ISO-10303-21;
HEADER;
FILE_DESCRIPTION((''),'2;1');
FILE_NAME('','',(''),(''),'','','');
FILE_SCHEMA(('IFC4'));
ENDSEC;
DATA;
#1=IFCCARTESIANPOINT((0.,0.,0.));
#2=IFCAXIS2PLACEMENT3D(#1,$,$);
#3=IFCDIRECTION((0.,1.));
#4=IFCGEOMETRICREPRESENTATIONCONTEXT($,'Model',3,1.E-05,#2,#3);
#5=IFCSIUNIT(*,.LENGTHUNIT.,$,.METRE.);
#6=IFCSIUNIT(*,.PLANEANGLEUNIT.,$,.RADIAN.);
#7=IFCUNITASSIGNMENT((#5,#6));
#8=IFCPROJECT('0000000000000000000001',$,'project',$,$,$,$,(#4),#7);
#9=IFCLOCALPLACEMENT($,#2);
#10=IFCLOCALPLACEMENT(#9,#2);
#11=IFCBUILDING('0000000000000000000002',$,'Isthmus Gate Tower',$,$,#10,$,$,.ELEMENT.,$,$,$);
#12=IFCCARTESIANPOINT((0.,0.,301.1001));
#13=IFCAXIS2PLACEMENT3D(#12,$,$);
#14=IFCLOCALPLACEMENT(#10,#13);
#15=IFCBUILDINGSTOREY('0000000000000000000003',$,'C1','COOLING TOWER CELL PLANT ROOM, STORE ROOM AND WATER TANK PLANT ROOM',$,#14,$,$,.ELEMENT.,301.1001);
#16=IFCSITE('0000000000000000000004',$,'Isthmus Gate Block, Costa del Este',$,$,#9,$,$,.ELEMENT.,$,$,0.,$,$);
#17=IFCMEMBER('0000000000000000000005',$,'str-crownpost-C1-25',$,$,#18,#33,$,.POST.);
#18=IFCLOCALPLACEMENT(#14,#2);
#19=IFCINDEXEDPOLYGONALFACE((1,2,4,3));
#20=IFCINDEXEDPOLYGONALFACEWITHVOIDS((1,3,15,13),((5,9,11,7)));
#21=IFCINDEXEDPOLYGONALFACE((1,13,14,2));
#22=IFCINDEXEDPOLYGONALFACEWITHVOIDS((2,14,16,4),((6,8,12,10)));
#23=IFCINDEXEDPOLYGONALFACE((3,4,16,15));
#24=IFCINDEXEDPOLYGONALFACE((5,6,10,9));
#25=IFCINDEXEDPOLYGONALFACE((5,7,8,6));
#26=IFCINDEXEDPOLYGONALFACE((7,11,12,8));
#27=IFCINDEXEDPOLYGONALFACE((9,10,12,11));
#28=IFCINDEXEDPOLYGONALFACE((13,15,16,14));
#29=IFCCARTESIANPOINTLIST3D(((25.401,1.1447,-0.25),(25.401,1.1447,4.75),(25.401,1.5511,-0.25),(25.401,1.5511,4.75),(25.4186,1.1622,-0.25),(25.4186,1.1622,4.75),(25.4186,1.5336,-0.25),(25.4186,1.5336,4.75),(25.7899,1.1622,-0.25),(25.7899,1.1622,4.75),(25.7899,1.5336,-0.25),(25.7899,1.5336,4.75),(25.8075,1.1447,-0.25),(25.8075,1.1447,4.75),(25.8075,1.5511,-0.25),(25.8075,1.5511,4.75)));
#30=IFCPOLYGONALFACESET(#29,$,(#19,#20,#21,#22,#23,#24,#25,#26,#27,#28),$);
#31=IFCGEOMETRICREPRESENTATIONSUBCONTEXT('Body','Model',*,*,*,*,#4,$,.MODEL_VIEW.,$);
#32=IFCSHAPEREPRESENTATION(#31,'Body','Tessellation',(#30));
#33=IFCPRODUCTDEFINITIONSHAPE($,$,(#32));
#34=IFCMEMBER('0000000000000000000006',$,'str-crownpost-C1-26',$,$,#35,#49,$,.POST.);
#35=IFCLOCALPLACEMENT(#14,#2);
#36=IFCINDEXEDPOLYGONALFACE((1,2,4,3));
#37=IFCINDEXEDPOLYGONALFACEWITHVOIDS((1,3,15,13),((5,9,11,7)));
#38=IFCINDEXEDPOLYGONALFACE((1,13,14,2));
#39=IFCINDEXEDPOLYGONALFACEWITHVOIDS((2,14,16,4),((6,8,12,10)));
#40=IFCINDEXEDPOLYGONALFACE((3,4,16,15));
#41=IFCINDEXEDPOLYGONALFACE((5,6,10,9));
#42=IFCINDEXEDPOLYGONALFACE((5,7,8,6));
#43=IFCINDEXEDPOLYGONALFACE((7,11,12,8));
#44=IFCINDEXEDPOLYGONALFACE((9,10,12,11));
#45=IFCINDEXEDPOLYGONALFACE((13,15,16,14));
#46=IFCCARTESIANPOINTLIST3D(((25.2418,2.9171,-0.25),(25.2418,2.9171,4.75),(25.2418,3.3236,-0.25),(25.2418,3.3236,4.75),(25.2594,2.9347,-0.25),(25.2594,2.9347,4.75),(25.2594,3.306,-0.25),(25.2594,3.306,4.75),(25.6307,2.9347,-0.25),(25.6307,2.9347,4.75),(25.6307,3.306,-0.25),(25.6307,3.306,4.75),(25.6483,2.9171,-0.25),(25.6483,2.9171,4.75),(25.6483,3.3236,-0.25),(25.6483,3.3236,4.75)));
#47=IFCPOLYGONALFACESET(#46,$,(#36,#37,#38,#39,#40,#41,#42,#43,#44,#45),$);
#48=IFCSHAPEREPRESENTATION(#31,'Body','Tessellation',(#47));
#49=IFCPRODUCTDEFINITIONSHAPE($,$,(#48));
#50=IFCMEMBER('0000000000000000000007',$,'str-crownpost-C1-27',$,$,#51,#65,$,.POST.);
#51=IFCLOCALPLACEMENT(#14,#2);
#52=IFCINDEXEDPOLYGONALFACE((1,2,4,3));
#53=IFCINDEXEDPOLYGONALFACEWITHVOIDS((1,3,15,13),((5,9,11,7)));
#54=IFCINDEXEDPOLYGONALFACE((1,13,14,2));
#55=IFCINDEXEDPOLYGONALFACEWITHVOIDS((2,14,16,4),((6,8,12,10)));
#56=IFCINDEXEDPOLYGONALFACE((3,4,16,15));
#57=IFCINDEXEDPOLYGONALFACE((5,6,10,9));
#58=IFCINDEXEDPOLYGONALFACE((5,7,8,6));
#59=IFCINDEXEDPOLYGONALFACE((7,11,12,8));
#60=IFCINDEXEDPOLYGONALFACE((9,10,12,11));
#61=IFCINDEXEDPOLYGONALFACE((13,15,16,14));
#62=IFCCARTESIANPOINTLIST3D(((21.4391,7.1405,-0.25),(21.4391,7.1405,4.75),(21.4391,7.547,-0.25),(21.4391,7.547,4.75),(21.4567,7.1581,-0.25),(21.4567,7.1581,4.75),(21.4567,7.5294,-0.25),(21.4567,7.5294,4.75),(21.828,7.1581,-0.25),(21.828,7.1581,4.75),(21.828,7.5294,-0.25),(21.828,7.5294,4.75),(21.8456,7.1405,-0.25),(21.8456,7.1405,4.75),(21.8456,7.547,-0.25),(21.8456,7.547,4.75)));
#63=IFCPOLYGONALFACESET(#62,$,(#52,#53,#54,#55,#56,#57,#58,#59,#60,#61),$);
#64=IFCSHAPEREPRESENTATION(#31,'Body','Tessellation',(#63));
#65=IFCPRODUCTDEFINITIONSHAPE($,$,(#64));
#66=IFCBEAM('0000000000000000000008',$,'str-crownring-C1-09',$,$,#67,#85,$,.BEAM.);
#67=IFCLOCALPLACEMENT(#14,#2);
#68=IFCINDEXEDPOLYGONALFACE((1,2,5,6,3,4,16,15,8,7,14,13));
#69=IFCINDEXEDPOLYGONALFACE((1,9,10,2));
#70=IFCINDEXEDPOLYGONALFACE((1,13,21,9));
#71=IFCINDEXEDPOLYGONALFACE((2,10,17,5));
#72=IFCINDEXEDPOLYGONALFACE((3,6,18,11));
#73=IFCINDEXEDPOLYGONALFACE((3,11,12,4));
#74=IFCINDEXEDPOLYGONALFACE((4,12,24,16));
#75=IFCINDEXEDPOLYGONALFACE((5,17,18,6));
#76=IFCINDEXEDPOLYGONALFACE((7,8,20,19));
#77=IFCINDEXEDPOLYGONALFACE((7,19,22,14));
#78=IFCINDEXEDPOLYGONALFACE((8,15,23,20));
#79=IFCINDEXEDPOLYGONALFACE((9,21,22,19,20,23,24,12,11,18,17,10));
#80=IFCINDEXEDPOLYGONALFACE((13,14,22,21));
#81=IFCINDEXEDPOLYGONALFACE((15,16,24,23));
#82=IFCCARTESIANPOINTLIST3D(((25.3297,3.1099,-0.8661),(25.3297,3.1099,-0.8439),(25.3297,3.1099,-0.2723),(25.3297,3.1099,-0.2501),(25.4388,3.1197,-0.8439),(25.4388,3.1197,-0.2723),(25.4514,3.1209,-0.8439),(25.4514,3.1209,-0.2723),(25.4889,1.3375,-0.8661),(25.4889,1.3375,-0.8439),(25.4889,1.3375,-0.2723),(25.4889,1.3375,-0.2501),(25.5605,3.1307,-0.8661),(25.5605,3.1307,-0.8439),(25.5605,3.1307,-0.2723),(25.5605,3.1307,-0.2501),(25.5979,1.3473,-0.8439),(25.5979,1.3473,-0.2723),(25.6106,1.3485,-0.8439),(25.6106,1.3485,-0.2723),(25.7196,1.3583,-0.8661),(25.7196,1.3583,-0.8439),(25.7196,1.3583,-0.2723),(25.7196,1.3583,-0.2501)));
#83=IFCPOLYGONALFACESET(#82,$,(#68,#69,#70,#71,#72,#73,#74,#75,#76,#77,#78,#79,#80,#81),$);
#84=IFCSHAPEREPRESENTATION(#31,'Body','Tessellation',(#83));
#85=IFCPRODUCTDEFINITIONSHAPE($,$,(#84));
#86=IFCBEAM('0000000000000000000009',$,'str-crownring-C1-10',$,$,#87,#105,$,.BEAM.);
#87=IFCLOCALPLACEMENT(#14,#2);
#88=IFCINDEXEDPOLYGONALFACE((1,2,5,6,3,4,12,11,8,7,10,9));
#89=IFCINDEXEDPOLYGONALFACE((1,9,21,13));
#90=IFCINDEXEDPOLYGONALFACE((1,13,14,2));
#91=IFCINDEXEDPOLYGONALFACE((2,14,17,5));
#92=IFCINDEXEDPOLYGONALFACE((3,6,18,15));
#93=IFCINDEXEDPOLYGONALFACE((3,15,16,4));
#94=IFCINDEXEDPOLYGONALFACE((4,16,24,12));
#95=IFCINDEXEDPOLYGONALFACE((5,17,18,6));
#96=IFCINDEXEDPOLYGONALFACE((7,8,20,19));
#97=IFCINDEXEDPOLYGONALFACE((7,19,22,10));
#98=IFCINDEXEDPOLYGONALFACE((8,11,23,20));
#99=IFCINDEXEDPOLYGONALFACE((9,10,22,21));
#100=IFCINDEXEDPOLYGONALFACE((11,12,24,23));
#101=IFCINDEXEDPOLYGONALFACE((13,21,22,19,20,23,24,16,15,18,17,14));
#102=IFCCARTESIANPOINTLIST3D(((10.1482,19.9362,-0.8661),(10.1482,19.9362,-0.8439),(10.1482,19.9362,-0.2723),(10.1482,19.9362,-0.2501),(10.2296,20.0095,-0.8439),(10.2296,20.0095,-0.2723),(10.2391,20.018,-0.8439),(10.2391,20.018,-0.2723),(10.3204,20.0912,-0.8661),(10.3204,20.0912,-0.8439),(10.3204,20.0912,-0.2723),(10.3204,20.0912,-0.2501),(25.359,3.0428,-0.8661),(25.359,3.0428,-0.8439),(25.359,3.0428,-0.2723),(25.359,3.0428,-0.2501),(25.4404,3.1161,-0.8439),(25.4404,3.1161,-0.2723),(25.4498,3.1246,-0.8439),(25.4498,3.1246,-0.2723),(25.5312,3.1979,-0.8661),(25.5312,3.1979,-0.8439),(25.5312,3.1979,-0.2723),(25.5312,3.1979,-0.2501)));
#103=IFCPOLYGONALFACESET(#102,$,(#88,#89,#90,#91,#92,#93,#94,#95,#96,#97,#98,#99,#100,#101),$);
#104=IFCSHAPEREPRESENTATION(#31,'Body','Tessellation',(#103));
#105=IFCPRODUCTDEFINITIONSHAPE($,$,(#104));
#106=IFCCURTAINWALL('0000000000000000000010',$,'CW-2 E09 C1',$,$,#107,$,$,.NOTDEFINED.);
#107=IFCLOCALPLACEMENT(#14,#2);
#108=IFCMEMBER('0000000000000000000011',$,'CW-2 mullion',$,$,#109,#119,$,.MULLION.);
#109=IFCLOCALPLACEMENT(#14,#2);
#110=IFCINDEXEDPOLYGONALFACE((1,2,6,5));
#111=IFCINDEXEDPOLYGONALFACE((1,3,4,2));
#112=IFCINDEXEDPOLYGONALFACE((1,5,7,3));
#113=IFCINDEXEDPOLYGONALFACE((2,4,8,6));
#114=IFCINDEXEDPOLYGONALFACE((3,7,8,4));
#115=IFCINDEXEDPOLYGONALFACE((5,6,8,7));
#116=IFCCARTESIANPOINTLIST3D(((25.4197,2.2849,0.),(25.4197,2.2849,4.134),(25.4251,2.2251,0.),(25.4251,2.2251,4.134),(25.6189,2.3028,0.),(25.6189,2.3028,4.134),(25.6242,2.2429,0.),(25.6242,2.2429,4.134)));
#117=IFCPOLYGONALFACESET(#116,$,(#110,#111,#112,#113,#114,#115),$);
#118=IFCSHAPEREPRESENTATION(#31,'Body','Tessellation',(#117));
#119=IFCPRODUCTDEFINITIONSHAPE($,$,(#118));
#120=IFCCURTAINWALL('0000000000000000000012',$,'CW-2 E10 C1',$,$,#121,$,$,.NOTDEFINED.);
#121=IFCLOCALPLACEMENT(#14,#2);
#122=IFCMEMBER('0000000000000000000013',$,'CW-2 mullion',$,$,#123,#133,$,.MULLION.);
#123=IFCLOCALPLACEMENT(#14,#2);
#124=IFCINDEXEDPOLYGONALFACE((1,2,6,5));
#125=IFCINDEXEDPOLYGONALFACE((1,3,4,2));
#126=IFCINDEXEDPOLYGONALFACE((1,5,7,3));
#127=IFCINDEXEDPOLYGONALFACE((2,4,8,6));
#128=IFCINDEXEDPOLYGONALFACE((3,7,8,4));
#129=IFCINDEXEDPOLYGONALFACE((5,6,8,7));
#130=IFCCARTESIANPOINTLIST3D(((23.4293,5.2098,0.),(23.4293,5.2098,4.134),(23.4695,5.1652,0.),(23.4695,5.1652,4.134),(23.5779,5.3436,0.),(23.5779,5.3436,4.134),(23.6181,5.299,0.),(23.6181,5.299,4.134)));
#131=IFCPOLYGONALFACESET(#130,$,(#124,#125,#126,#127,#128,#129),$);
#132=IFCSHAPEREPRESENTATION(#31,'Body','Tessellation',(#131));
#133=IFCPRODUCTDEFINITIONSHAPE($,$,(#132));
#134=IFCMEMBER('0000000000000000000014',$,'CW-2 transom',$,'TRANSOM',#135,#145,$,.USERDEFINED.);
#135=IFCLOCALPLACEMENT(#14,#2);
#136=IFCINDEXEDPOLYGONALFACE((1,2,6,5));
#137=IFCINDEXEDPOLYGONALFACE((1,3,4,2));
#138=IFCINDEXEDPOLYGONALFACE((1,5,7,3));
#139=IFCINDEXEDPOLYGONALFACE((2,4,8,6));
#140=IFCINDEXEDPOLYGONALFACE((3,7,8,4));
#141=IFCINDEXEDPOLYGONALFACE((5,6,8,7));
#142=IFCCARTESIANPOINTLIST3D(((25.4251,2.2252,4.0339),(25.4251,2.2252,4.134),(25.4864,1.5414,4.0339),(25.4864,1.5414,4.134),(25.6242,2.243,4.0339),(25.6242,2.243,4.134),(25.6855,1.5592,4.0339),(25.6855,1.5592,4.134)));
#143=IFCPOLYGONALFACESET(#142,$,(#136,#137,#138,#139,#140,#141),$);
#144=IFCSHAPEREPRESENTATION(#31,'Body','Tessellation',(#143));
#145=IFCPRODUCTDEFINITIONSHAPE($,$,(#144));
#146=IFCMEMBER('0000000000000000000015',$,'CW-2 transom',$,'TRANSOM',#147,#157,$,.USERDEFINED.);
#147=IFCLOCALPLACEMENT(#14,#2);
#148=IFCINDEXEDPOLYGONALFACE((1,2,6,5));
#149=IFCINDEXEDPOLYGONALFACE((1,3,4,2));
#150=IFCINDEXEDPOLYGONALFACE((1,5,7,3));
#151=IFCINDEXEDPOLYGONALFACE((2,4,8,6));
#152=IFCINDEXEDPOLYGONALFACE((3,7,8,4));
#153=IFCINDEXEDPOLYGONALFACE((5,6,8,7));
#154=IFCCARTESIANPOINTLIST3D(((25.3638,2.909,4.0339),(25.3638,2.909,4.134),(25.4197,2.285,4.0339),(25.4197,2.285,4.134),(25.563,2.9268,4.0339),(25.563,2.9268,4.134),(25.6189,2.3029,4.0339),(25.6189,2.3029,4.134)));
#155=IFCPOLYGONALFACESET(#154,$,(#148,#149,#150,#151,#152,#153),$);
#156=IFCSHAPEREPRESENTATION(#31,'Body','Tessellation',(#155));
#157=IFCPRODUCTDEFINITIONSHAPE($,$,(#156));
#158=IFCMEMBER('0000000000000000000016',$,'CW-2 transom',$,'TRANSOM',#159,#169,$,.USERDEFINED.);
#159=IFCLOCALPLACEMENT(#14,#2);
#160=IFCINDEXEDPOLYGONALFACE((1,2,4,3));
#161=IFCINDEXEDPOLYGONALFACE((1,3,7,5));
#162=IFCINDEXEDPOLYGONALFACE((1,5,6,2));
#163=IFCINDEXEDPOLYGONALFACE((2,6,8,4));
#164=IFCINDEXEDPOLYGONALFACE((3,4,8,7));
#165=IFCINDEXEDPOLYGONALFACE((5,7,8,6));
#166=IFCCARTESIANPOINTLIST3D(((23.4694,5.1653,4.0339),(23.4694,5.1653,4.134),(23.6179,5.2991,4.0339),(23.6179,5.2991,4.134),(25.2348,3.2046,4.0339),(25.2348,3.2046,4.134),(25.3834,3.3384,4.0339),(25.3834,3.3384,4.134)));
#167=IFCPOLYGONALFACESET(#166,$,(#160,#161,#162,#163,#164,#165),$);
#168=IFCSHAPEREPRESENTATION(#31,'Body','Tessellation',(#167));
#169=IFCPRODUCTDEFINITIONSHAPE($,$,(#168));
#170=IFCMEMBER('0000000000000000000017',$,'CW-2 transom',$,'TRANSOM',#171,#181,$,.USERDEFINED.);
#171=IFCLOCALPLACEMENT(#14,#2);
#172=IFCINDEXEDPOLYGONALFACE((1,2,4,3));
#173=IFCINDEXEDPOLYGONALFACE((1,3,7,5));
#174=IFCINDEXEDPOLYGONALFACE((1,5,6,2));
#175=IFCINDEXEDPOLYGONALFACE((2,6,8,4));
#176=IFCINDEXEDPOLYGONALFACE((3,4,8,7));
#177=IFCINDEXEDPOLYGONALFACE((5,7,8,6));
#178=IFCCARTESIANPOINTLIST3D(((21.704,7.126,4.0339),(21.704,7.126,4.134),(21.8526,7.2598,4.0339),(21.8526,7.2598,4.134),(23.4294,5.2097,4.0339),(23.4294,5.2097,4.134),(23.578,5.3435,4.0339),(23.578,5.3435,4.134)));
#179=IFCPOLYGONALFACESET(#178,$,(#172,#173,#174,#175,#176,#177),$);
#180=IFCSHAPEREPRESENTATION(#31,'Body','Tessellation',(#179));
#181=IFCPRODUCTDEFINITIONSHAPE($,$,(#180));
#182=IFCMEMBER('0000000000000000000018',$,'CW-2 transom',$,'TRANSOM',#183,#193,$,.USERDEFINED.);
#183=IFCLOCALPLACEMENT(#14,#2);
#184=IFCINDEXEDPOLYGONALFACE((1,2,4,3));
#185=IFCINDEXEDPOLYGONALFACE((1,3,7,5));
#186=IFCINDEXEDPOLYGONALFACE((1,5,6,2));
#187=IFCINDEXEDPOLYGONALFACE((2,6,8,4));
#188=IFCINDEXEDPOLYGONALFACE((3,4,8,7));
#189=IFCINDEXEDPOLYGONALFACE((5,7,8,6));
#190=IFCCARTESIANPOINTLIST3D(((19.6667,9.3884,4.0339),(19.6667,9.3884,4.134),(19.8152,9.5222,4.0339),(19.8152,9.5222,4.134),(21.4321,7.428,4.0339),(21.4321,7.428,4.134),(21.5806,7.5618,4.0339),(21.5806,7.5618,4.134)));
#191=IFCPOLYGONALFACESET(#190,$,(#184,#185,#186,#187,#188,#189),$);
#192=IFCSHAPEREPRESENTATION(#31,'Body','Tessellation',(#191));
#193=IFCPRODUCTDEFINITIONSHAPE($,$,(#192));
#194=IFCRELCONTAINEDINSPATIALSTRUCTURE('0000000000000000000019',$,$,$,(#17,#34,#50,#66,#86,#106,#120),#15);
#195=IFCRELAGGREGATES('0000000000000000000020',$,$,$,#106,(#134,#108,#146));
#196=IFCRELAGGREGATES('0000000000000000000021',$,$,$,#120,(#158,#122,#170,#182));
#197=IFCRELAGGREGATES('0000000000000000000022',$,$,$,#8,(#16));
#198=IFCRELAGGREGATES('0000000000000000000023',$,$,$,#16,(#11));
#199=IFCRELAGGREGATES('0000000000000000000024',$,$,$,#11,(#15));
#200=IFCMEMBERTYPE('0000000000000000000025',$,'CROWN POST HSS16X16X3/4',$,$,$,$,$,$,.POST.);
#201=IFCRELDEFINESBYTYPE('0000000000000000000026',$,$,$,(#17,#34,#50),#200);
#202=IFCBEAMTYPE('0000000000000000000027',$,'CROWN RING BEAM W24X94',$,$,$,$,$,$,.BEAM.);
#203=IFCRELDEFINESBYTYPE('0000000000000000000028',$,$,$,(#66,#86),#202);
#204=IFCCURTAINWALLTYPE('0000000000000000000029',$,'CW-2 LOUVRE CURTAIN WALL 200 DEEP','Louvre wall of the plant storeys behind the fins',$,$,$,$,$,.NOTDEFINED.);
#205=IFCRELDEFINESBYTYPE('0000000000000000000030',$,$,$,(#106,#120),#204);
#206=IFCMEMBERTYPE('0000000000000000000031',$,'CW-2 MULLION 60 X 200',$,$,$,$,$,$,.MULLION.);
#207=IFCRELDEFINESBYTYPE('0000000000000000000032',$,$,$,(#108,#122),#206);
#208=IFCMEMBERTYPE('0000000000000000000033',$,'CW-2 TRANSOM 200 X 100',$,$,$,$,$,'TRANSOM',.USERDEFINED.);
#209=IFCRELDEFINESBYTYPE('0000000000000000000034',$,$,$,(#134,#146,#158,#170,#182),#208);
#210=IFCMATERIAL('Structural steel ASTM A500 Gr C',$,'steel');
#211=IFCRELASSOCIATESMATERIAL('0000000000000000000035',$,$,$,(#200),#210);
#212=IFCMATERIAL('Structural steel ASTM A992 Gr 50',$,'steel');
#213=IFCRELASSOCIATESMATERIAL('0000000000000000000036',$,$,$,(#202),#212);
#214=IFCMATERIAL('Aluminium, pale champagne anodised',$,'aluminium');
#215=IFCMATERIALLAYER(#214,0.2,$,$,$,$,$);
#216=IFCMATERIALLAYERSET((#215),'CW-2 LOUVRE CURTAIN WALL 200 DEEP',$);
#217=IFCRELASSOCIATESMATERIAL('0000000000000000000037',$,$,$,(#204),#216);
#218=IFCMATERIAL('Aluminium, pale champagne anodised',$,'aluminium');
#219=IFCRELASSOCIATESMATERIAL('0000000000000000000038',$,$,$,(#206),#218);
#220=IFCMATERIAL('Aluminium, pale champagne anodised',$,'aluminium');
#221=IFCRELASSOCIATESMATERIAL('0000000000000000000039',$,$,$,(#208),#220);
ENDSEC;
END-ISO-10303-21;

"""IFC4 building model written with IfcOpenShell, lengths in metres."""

from ifc_helpers import new_model, si_unit, direction, frame, origin, origin_2d, place, context, subcontext, project, spatial, rectangle, hollow_rectangle, i_section, extrude, material, layer, layer_set, material_profile, profile_set, type_object, element, aggregate, save


model = new_model("IFC4")

# Units and contexts
model_context = context("Model", 3, precision=1e-05, world=origin(), true_north=direction((0.0, 1.0)))
body_context = subcontext(model_context, "Body", "Model", "MODEL_VIEW")
ifc_project = project(units=[si_unit("LENGTHUNIT", "METRE"), si_unit("PLANEANGLEUNIT", "RADIAN")], contexts=[model_context])

# Site, building, storey
site_placement = place(None, origin())
site = spatial("IfcSite", under=ifc_project, at=site_placement, Name="Isthmus Gate Block, Costa del Este", CompositionType="ELEMENT", RefElevation=0.0)
building_placement = place(site_placement, origin())
building = spatial("IfcBuilding", under=site, at=building_placement, Name="Isthmus Gate Tower", CompositionType="ELEMENT")
storey_placement = place(building_placement, frame((0.0, 0.0, 301.1001)))
storey = spatial("IfcBuildingStorey", under=building, at=storey_placement, Name="C1", Description="COOLING TOWER CELL PLANT ROOM, STORE ROOM AND WATER TANK PLANT ROOM", CompositionType="ELEMENT", Elevation=301.1001)

# Members
ifc_material_1 = material(Name="Structural steel ASTM A500 Gr C", Category="steel")
ifc_material_profile_1 = material_profile(ifc_material_1, hollow_rectangle(XDim=0.4065, YDim=0.4065, WallThickness=0.0176, at=origin_2d()), Name="HSS16X16X3/4")
ifc_profile_set_1 = profile_set([ifc_material_profile_1], Name="Structural steel ASTM A500 Gr C")
member_type_1 = type_object("IfcMemberType", Name="CROWN POST HSS16X16X3/4", PredefinedType="POST", material=ifc_profile_set_1)
for number, where, z_axis, x_axis, name in (
    (1, (25.6042, 1.3479, -0.25), (0.0, 0.0, 1.0), (1.0, 0.0, 0.0), "str-crownpost-C1-25"),
    (2, (25.4451, 3.1204, -0.25), (0.0, 0.0, 1.0), (1.0, 0.0, 0.0), "str-crownpost-C1-26"),
    (3, (21.6423, 7.3438, -0.25), (0.0, 0.0, 1.0), (1.0, 0.0, 0.0), "str-crownpost-C1-27"),
):
    element("IfcMember", number, at=place(storey_placement, frame(where, z_axis=z_axis, x_axis=x_axis)), inside=storey, type_object=member_type_1, Name=name, PredefinedType="POST", context=body_context, shape_type="SweptSolid", body=[
        extrude(hollow_rectangle(XDim=0.4065, YDim=0.4065, WallThickness=0.0176, at=origin_2d()), origin(), (0.0, 0.0, 1.0), 5.0),
    ])

# Beams
ifc_material_2 = material(Name="Structural steel ASTM A992 Gr 50", Category="steel")
ifc_material_profile_2 = material_profile(ifc_material_2, i_section(OverallWidth=0.2317, OverallDepth=0.616, WebThickness=0.0127, FlangeThickness=0.0222, at=origin_2d()), Name="W24X94")
ifc_profile_set_2 = profile_set([ifc_material_profile_2], Name="Structural steel ASTM A992 Gr 50")
beam_type_1 = type_object("IfcBeamType", Name="CROWN RING BEAM W24X94", PredefinedType="BEAM", material=ifc_profile_set_2)
beam_1_placement = place(storey_placement, frame((25.6042, 1.3479, -0.5581), z_axis=(-0.089447, 0.995992, 0.0), x_axis=(-0.995992, -0.089447, 0.0)))
element("IfcBeam", 4, at=beam_1_placement, inside=storey, type_object=beam_type_1, Name="str-crownring-C1-09", PredefinedType="BEAM", context=body_context, shape_type="SweptSolid", body=[
    extrude(i_section(OverallWidth=0.2317, OverallDepth=0.616, WebThickness=0.0127, FlangeThickness=0.0222, at=origin_2d()), origin(), (0.0, 0.0, 1.0), 1.7795),
])
beam_2_placement = place(storey_placement, frame((25.4451, 3.1204, -0.5581), z_axis=(-0.669128, 0.743147, 0.0), x_axis=(-0.743147, -0.669128, 0.0)))
element("IfcBeam", 5, at=beam_2_placement, inside=storey, type_object=beam_type_1, Name="str-crownring-C1-10", PredefinedType="BEAM", context=body_context, shape_type="SweptSolid", body=[
    extrude(i_section(OverallWidth=0.2317, OverallDepth=0.616, WebThickness=0.0127, FlangeThickness=0.0222, at=origin_2d()), origin(), (0.0, 0.0, 1.0), 22.7322),
])

# Curtain walls, members
ifc_material_3 = material(Name="Aluminium, pale champagne anodised", Category="aluminium")
ifc_layer_1 = layer(ifc_material_3, 0.2)
ifc_layer_set_1 = layer_set([ifc_layer_1], Name="CW-2 LOUVRE CURTAIN WALL 200 DEEP")
curtain_wall_type = type_object("IfcCurtainWallType", Name="CW-2 LOUVRE CURTAIN WALL 200 DEEP", Description="Louvre wall of the plant storeys behind the fins", PredefinedType="NOTDEFINED", material=ifc_layer_set_1)
curtain_wall_1_placement = place(storey_placement, origin())
curtain_wall_1 = element("IfcCurtainWall", 6, at=curtain_wall_1_placement, inside=storey, type_object=curtain_wall_type, Name="CW-2 E09 C1", PredefinedType="NOTDEFINED")
ifc_material_4 = material(Name="Aluminium, pale champagne anodised", Category="aluminium")
ifc_material_profile_3 = material_profile(ifc_material_4, rectangle(XDim=0.0601, YDim=0.2, at=origin_2d()), Name="60x200")
ifc_profile_set_3 = profile_set([ifc_material_profile_3], Name="Aluminium, pale champagne anodised")
member_type_2 = type_object("IfcMemberType", Name="CW-2 MULLION 60 X 200", PredefinedType="MULLION", material=ifc_profile_set_3)
member_1_placement = place(storey_placement, frame((25.522, 2.2639, 0.0), z_axis=(0.0, 0.0, 1.0), x_axis=(-0.089397, 0.995996, 0.0)))
member_1 = element("IfcMember", 7, at=member_1_placement, type_object=member_type_2, Name="CW-2 mullion", PredefinedType="MULLION", context=body_context, shape_type="SweptSolid", body=[
    extrude(rectangle(XDim=0.0601, YDim=0.2, at=origin_2d()), origin(), (0.0, 0.0, 1.0), 4.134),
])
curtain_wall_2_placement = place(storey_placement, origin())
curtain_wall_2 = element("IfcCurtainWall", 8, at=curtain_wall_2_placement, inside=storey, type_object=curtain_wall_type, Name="CW-2 E10 C1", PredefinedType="NOTDEFINED")
member_2_placement = place(storey_placement, frame((23.5237, 5.2544, 0.0), z_axis=(0.0, 0.0, 1.0), x_axis=(-0.669131, 0.743145, 0.0)))
member_2 = element("IfcMember", 9, at=member_2_placement, type_object=member_type_2, Name="CW-2 mullion", PredefinedType="MULLION", context=body_context, shape_type="SweptSolid", body=[
    extrude(rectangle(XDim=0.0601, YDim=0.2, at=origin_2d()), origin(), (0.0, 0.0, 1.0), 4.134),
])

# Members
ifc_material_5 = material(Name="Aluminium, pale champagne anodised", Category="aluminium")
ifc_material_profile_4 = material_profile(ifc_material_5, rectangle(XDim=0.2, YDim=0.1001, at=origin_2d()), Name="200x100")
ifc_profile_set_4 = profile_set([ifc_material_profile_4], Name="Aluminium, pale champagne anodised")
member_type_3 = type_object("IfcMemberType", Name="CW-2 TRANSOM 200 X 100", ElementType="TRANSOM", PredefinedType="USERDEFINED", material=ifc_profile_set_4)
member_3_placement = place(storey_placement, frame((25.5859, 1.5503, 4.084), z_axis=(-0.089253, 0.996009, 0.0), x_axis=(-0.996009, -0.089253, 0.0)))
member_3 = element("IfcMember", 10, at=member_3_placement, type_object=member_type_3, Name="CW-2 transom", ObjectType="TRANSOM", PredefinedType="USERDEFINED", context=body_context, shape_type="SweptSolid", body=[
    extrude(rectangle(XDim=0.2, YDim=0.1001, at=origin_2d()), origin(), (0.0, 0.0, 1.0), 0.6865),
])
member_4_placement = place(storey_placement, frame((25.5193, 2.2939, 4.084), z_axis=(-0.089236, 0.996011, 0.0), x_axis=(-0.996011, -0.089236, 0.0)))
member_4 = element("IfcMember", 11, at=member_4_placement, type_object=member_type_3, Name="CW-2 transom", ObjectType="TRANSOM", PredefinedType="USERDEFINED", context=body_context, shape_type="SweptSolid", body=[
    extrude(rectangle(XDim=0.2, YDim=0.1001, at=origin_2d()), origin(), (0.0, 0.0, 1.0), 0.6265),
])
member_5_placement = place(storey_placement, frame((25.3091, 3.2715, 4.084), z_axis=(-0.669123, 0.743151, 0.0), x_axis=(-0.743151, -0.669123, 0.0)))
member_5 = element("IfcMember", 12, at=member_5_placement, type_object=member_type_3, Name="CW-2 transom", ObjectType="TRANSOM", PredefinedType="USERDEFINED", context=body_context, shape_type="SweptSolid", body=[
    extrude(rectangle(XDim=0.2, YDim=0.1001, at=origin_2d()), origin(), (0.0, 0.0, 1.0), 2.6384),
])
member_6_placement = place(storey_placement, frame((23.5037, 5.2766, 4.084), z_axis=(-0.669116, 0.743158, 0.0), x_axis=(-0.743158, -0.669116, 0.0)))
member_6 = element("IfcMember", 13, at=member_6_placement, type_object=member_type_3, Name="CW-2 transom", ObjectType="TRANSOM", PredefinedType="USERDEFINED", context=body_context, shape_type="SweptSolid", body=[
    extrude(rectangle(XDim=0.2, YDim=0.1001, at=origin_2d()), origin(), (0.0, 0.0, 1.0), 2.5786),
])
member_7_placement = place(storey_placement, frame((21.5063, 7.4949, 4.084), z_axis=(-0.669169, 0.74311, 0.0), x_axis=(-0.74311, -0.669169, 0.0)))
member_7 = element("IfcMember", 14, at=member_7_placement, type_object=member_type_3, Name="CW-2 transom", ObjectType="TRANSOM", PredefinedType="USERDEFINED", context=body_context, shape_type="SweptSolid", body=[
    extrude(rectangle(XDim=0.2, YDim=0.1001, at=origin_2d()), origin(), (0.0, 0.0, 1.0), 2.6382),
])

aggregate(curtain_wall_1, [member_3, member_1, member_4])
aggregate(curtain_wall_2, [member_5, member_2, member_6, member_7])

save(model, "model.ifc")
